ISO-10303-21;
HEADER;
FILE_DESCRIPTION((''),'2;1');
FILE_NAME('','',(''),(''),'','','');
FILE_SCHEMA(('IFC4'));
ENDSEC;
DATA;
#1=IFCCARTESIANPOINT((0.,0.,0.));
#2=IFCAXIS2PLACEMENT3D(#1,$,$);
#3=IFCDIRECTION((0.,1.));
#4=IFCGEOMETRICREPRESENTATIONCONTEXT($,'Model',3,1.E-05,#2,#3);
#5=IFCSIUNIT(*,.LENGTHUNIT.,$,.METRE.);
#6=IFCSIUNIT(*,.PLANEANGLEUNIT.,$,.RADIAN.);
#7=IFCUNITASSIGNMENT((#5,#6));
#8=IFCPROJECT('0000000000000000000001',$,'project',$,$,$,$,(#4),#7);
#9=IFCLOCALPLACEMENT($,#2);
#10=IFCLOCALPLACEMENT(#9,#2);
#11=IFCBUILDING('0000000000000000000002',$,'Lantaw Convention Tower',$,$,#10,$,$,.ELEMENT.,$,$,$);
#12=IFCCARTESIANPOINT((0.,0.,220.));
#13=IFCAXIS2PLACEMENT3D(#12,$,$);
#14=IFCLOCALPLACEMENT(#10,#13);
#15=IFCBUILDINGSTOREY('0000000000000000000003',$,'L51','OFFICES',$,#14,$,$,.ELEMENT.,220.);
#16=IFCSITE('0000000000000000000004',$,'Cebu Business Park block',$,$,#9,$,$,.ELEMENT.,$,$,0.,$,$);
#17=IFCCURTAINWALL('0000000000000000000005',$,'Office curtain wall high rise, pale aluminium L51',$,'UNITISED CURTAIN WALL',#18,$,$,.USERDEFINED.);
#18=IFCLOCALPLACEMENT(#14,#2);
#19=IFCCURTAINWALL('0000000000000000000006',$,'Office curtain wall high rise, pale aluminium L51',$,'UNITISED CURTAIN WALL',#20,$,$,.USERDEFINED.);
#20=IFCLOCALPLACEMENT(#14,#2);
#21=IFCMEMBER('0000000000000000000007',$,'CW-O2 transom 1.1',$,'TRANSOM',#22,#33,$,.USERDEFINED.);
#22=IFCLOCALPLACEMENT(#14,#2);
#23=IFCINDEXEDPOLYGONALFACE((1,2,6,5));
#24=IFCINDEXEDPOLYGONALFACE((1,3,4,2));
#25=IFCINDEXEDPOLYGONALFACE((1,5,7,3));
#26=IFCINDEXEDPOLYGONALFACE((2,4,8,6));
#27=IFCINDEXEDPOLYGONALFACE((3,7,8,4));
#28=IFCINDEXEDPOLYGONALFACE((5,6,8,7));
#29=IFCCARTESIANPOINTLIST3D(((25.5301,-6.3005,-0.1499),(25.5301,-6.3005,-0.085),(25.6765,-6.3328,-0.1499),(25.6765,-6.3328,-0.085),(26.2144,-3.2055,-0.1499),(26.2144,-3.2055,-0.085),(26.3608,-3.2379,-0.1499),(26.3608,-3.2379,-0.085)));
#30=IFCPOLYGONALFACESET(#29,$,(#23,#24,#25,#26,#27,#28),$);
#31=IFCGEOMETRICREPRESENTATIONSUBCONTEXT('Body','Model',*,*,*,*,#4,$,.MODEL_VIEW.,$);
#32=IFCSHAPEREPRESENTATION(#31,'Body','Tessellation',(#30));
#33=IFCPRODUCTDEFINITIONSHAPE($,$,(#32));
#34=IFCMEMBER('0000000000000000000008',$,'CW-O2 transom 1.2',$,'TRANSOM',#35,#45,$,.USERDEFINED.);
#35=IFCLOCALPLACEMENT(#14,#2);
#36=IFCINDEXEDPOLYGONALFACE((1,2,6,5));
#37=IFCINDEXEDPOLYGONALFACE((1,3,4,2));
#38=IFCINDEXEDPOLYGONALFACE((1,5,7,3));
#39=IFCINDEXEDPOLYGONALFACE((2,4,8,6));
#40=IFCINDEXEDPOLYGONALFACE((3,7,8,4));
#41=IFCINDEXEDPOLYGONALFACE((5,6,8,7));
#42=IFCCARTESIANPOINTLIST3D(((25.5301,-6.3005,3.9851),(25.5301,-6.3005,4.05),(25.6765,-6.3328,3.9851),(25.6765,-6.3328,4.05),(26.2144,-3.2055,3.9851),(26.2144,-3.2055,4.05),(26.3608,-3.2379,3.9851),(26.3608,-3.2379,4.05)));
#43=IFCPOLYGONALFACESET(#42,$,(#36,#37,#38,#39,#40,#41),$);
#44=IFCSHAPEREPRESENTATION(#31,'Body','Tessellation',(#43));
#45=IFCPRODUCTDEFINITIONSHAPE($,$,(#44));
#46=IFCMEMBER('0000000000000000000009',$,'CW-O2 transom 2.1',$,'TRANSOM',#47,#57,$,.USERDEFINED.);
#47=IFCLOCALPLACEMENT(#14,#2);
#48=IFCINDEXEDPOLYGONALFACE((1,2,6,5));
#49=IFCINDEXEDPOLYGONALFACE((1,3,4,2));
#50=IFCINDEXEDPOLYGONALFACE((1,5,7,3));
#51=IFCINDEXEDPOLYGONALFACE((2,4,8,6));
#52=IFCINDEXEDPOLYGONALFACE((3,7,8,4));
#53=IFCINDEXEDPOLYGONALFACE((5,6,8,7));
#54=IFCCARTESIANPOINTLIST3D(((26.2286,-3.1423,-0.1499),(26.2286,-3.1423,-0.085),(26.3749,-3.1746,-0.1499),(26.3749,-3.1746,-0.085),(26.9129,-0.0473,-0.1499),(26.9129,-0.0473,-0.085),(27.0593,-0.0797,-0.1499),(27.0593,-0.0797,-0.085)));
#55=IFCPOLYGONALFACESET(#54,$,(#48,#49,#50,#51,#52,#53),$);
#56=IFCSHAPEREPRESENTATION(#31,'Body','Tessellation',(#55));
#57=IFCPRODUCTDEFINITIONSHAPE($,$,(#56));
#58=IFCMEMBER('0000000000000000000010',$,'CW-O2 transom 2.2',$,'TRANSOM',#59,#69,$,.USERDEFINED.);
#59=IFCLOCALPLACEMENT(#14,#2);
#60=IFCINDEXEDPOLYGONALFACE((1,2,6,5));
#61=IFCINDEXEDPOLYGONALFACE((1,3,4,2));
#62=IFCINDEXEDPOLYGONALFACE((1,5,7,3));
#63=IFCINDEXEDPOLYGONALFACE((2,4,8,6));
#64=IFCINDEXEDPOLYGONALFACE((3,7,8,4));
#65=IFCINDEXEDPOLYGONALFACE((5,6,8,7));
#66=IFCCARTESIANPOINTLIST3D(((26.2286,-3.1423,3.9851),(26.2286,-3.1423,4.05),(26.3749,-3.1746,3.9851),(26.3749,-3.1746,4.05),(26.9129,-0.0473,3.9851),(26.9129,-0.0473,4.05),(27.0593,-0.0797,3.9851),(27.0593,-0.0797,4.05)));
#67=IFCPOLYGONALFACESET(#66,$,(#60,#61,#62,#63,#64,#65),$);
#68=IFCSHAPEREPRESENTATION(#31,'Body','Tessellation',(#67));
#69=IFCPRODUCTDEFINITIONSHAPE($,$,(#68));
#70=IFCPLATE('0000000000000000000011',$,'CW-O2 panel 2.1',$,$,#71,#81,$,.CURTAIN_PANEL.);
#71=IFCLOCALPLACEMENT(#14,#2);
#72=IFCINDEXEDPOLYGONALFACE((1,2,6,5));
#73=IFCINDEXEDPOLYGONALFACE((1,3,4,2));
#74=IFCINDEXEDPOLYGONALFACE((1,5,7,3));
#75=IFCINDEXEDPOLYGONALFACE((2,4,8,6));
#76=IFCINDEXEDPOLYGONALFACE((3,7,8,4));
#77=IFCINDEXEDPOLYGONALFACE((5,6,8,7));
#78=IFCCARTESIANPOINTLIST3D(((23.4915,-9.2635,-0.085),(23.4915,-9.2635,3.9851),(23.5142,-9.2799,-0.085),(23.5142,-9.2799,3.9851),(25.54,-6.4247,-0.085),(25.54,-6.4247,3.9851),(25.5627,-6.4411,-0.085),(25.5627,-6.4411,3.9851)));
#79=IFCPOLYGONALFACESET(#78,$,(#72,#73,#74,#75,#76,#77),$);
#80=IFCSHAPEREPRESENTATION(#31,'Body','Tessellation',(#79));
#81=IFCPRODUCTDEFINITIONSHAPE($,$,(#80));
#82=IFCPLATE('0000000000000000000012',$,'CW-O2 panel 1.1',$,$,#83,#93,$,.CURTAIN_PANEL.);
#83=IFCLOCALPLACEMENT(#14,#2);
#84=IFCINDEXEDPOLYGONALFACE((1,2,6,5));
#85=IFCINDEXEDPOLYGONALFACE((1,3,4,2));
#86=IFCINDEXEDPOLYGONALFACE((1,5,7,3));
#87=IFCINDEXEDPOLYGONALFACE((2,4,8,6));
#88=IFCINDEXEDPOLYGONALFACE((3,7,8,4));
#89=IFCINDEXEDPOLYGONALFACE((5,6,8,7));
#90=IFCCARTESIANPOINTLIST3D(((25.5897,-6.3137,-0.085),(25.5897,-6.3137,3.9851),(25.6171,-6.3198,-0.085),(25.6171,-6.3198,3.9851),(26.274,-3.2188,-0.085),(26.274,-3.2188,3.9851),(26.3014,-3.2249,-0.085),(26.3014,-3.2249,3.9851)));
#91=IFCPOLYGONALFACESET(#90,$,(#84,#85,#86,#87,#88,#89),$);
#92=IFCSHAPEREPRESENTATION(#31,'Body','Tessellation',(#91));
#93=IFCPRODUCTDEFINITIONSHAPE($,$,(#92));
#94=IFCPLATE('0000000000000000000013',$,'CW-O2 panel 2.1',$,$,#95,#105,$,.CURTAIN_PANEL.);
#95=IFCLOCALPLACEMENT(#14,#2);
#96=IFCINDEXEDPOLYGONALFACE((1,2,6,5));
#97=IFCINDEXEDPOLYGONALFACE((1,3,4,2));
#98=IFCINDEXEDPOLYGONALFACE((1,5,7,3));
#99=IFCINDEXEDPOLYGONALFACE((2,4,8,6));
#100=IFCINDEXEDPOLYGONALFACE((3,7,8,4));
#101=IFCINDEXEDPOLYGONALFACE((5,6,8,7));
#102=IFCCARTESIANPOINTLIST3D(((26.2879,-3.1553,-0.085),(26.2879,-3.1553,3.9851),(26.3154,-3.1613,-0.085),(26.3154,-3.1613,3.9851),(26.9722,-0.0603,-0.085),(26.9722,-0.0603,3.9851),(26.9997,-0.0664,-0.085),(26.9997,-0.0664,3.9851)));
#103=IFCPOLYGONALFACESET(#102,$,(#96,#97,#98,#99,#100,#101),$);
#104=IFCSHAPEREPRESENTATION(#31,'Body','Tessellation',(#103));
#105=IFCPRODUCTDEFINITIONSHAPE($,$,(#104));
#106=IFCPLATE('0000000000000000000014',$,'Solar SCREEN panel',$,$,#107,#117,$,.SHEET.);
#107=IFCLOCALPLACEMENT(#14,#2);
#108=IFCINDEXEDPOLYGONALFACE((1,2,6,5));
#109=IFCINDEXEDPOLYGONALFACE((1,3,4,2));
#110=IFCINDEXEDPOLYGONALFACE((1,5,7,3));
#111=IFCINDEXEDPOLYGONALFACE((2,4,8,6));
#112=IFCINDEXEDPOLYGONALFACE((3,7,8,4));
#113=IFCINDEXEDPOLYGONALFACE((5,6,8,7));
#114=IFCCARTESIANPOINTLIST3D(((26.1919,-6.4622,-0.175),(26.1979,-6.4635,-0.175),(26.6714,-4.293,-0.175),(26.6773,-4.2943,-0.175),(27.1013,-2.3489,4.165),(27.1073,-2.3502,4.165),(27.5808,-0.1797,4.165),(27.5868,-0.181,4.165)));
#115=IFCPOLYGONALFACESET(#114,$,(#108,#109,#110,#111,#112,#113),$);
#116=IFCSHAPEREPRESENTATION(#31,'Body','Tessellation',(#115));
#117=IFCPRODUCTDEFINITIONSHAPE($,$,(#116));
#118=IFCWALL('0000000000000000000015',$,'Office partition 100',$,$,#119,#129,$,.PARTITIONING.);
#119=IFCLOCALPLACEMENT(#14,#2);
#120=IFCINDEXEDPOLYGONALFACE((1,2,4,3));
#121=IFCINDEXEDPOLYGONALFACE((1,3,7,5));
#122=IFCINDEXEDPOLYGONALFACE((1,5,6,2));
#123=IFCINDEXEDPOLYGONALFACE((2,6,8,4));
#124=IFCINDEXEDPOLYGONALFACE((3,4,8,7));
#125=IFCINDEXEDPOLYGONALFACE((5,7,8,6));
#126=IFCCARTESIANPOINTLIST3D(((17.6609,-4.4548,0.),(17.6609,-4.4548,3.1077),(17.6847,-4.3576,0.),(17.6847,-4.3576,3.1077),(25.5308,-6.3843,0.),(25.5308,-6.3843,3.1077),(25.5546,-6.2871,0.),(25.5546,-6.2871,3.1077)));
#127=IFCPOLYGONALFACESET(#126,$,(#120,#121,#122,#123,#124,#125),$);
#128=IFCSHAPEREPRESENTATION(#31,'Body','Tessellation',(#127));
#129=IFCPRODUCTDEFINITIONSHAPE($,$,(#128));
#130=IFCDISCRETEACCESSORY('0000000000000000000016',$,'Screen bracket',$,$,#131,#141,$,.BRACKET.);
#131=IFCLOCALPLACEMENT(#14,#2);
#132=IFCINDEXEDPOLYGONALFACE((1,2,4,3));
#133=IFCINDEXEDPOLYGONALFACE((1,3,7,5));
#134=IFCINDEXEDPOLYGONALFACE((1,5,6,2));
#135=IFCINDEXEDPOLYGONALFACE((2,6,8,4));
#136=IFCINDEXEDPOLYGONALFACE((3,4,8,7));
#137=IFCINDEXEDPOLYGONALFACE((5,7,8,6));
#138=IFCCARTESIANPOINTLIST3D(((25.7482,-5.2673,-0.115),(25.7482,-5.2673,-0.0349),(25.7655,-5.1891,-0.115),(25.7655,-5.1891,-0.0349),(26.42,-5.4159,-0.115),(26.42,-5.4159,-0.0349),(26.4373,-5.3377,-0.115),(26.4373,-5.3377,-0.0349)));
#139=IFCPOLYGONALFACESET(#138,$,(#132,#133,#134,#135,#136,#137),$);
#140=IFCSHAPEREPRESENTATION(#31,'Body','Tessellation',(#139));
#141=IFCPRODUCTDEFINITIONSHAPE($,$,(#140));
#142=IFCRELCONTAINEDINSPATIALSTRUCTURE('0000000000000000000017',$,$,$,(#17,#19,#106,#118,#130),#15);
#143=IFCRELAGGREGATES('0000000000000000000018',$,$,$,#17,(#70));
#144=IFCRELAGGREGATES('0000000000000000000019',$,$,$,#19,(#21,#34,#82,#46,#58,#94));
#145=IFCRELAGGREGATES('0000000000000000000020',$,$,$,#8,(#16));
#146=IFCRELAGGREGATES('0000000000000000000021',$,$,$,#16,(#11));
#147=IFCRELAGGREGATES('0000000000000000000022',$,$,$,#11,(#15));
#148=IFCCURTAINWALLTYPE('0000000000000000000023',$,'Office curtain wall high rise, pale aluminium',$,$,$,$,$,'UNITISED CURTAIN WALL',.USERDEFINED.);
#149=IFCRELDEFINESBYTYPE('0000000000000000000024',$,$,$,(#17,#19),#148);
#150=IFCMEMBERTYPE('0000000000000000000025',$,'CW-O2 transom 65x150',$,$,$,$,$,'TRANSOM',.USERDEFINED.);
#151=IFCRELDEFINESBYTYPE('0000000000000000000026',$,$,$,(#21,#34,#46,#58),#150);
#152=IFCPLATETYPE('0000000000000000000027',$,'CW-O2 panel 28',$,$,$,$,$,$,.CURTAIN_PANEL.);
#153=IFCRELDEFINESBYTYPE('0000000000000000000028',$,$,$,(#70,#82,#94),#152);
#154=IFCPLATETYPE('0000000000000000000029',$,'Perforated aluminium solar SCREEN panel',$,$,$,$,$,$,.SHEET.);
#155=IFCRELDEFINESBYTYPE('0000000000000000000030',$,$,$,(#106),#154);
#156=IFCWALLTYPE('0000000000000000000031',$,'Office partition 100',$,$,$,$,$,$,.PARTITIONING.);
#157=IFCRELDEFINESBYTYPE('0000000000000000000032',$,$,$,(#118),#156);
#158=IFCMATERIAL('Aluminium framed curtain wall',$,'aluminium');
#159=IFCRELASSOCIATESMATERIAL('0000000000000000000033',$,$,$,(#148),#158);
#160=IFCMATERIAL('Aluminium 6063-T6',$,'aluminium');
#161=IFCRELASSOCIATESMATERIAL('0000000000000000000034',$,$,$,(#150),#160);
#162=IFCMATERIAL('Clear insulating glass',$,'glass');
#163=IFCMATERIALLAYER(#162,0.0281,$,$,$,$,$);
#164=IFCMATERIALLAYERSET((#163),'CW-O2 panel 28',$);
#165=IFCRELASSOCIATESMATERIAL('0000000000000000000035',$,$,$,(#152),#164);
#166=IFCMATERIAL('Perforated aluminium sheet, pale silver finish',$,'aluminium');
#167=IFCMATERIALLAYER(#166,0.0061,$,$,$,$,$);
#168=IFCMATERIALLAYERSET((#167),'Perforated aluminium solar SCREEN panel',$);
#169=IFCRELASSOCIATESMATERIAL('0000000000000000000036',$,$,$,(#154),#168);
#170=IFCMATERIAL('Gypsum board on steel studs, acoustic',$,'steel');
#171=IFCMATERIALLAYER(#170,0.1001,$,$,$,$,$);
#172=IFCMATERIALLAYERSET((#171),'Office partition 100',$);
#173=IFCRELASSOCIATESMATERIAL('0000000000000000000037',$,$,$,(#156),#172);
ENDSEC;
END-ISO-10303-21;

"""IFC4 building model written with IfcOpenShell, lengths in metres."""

from ifc_helpers import new_model, si_unit, direction, frame, frame_2d, origin, origin_2d, place, context, subcontext, project, spatial, polyline, rectangle, outline, extrude, material, layer, layer_set, material_profile, profile_set, type_object, element, aggregate, save


model = new_model("IFC4")

# Units and contexts
model_context = context("Model", 3, precision=1e-05, world=origin(), true_north=direction((0.0, 1.0)))
body_context = subcontext(model_context, "Body", "Model", "MODEL_VIEW")
ifc_project = project(units=[si_unit("LENGTHUNIT", "METRE"), si_unit("PLANEANGLEUNIT", "RADIAN")], contexts=[model_context])

# Site, building, storey
site_placement = place(None, origin())
site = spatial("IfcSite", under=ifc_project, at=site_placement, Name="Cebu Business Park block", CompositionType="ELEMENT", RefElevation=0.0)
building_placement = place(site_placement, origin())
building = spatial("IfcBuilding", under=site, at=building_placement, Name="Lantaw Convention Tower", CompositionType="ELEMENT")
storey_placement = place(building_placement, frame((0.0, 0.0, 220.0)))
storey = spatial("IfcBuildingStorey", under=building, at=storey_placement, Name="L51", Description="OFFICES", CompositionType="ELEMENT", Elevation=220.0)

# Curtain wall
ifc_material_1 = material(Name="Aluminium framed curtain wall", Category="aluminium")
curtain_wall_type = type_object("IfcCurtainWallType", Name="Office curtain wall high rise, pale aluminium", ElementType="UNITISED CURTAIN WALL", PredefinedType="USERDEFINED", material=ifc_material_1)
curtain_wall_1_placement = place(storey_placement, origin())
curtain_wall_1 = element("IfcCurtainWall", 1, at=curtain_wall_1_placement, inside=storey, type_object=curtain_wall_type, Name="Office curtain wall high rise, pale aluminium L51", ObjectType="UNITISED CURTAIN WALL", PredefinedType="USERDEFINED")
ifc_material_2 = material(Name="Aluminium 6063-T6", Category="aluminium")

# Curtain wall
curtain_wall_2_placement = place(storey_placement, origin())
curtain_wall_2 = element("IfcCurtainWall", 2, at=curtain_wall_2_placement, inside=storey, type_object=curtain_wall_type, Name="Office curtain wall high rise, pale aluminium L51", ObjectType="UNITISED CURTAIN WALL", PredefinedType="USERDEFINED")

# Members
ifc_material_profile_1 = material_profile(ifc_material_2, rectangle(XDim=0.1499, YDim=0.0649, at=origin_2d()), Name="CW-O2 transom 65x150")
ifc_profile_set_1 = profile_set([ifc_material_profile_1], Name="Aluminium 6063-T6")
member_type_1 = type_object("IfcMemberType", Name="CW-O2 transom 65x150", ElementType="TRANSOM", PredefinedType="USERDEFINED", material=ifc_profile_set_1)
member_1_placement = place(storey_placement, frame((25.6033, -6.3167, -0.1174), z_axis=(0.215895, 0.976417, 0.0), x_axis=(-0.976417, 0.215895, 0.0)))
member_1 = element("IfcMember", 3, at=member_1_placement, type_object=member_type_1, Name="CW-O2 transom 1.1", ObjectType="TRANSOM", PredefinedType="USERDEFINED", context=body_context, shape_type="SweptSolid", body=[
    extrude(rectangle(XDim=0.1499, YDim=0.0649, at=origin_2d()), origin(), (0.0, 0.0, 1.0), 3.1697),
])
member_2_placement = place(storey_placement, frame((25.6033, -6.3167, 4.0176), z_axis=(0.215895, 0.976417, 0.0), x_axis=(-0.976417, 0.215895, 0.0)))
member_2 = element("IfcMember", 4, at=member_2_placement, type_object=member_type_1, Name="CW-O2 transom 1.2", ObjectType="TRANSOM", PredefinedType="USERDEFINED", context=body_context, shape_type="SweptSolid", body=[
    extrude(rectangle(XDim=0.1499, YDim=0.0649, at=origin_2d()), origin(), (0.0, 0.0, 1.0), 3.1697),
])
member_3_placement = place(storey_placement, frame((26.3018, -3.1584, -0.1174), z_axis=(0.215895, 0.976417, 0.0), x_axis=(-0.976417, 0.215895, 0.0)))
member_3 = element("IfcMember", 5, at=member_3_placement, type_object=member_type_1, Name="CW-O2 transom 2.1", ObjectType="TRANSOM", PredefinedType="USERDEFINED", context=body_context, shape_type="SweptSolid", body=[
    extrude(rectangle(XDim=0.1499, YDim=0.0649, at=origin_2d()), origin(), (0.0, 0.0, 1.0), 3.1697),
])
member_4_placement = place(storey_placement, frame((26.3018, -3.1584, 4.0176), z_axis=(0.215895, 0.976417, 0.0), x_axis=(-0.976417, 0.215895, 0.0)))
member_4 = element("IfcMember", 6, at=member_4_placement, type_object=member_type_1, Name="CW-O2 transom 2.2", ObjectType="TRANSOM", PredefinedType="USERDEFINED", context=body_context, shape_type="SweptSolid", body=[
    extrude(rectangle(XDim=0.1499, YDim=0.0649, at=origin_2d()), origin(), (0.0, 0.0, 1.0), 3.1697),
])

# Plates
ifc_material_3 = material(Name="Clear insulating glass", Category="glass")
ifc_layer_1 = layer(ifc_material_3, 0.0281)
ifc_layer_set_1 = layer_set([ifc_layer_1], Name="CW-O2 panel 28")
plate_type_1 = type_object("IfcPlateType", Name="CW-O2 panel 28", PredefinedType="CURTAIN_PANEL", material=ifc_layer_set_1)
plate_1_placement = place(storey_placement, frame((24.5271, -7.8523, -0.085), z_axis=(0.0, 0.0, 1.0), x_axis=(0.585158, 0.81092, 0.0)))
plate_1 = element("IfcPlate", 7, at=plate_1_placement, type_object=plate_type_1, Name="CW-O2 panel 2.1", PredefinedType="CURTAIN_PANEL", context=body_context, shape_type="SweptSolid", body=[
    extrude(rectangle(XDim=3.5007, YDim=0.0281, at=origin_2d()), origin(), (0.0, 0.0, 1.0), 4.0701),
])
aggregate(curtain_wall_1, [plate_1])
plate_2_placement = place(storey_placement, frame((25.9456, -4.7693, -0.085), z_axis=(0.0, 0.0, 1.0), x_axis=(0.215891, 0.976417, 0.0)))
plate_2 = element("IfcPlate", 8, at=plate_2_placement, type_object=plate_type_1, Name="CW-O2 panel 1.1", PredefinedType="CURTAIN_PANEL", context=body_context, shape_type="SweptSolid", body=[
    extrude(rectangle(XDim=3.1697, YDim=0.0281, at=origin_2d()), origin(), (0.0, 0.0, 1.0), 4.0701),
])
plate_3_placement = place(storey_placement, frame((26.6438, -1.6108, -0.085), z_axis=(0.0, 0.0, 1.0), x_axis=(0.215891, 0.976417, 0.0)))
plate_3 = element("IfcPlate", 9, at=plate_3_placement, type_object=plate_type_1, Name="CW-O2 panel 2.1", PredefinedType="CURTAIN_PANEL", context=body_context, shape_type="SweptSolid", body=[
    extrude(rectangle(XDim=3.1697, YDim=0.0281, at=origin_2d()), origin(), (0.0, 0.0, 1.0), 4.0701),
])
aggregate(curtain_wall_2, [member_1, member_2, plate_2, member_3, member_4, plate_3])
ifc_material_4 = material(Name="Perforated aluminium sheet, pale silver finish", Category="aluminium")
ifc_layer_2 = layer(ifc_material_4, 0.0061)
ifc_layer_set_2 = layer_set([ifc_layer_2], Name="Perforated aluminium solar SCREEN panel")
plate_type_2 = type_object("IfcPlateType", Name="Perforated aluminium solar SCREEN panel", PredefinedType="SHEET", material=ifc_layer_set_2)
plate_4_placement = place(storey_placement, frame((26.1919, -6.4622, -0.175), z_axis=(-0.97643, 0.215837, 0.000044), x_axis=(0.215837, 0.97643, 0.0)))
element("IfcPlate", 10, at=plate_4_placement, inside=storey, type_object=plate_type_2, Name="Solar SCREEN panel", PredefinedType="SHEET", context=body_context, shape_type="SweptSolid", body=[
    extrude(outline(polyline([(0.0, 0.0), (2.2216, 0.0), (6.4342, -4.3401), (4.2126, -4.3401), (0.0, 0.0)])), origin(), (0.0, 0.0, -1.0), 0.0061),
])

# Wall
ifc_material_5 = material(Name="Gypsum board on steel studs, acoustic", Category="steel")
ifc_layer_3 = layer(ifc_material_5, 0.1001)
ifc_layer_set_3 = layer_set([ifc_layer_3], Name="Office partition 100")
wall_type = type_object("IfcWallType", Name="Office partition 100", PredefinedType="PARTITIONING", material=ifc_layer_set_3)
wall_placement = place(storey_placement, frame((25.5427, -6.3357, 0.0), z_axis=(0.0, 0.0, 1.0), x_axis=(-0.971237, 0.238116, 0.0)))
element("IfcWall", 11, at=wall_placement, inside=storey, type_object=wall_type, Name="Office partition 100", PredefinedType="PARTITIONING", context=body_context, shape_type="SweptSolid", body=[
    extrude(rectangle(XDim=8.103, YDim=0.1001, at=frame_2d((4.0515, 0.0))), origin(), (0.0, 0.0, 1.0), 3.1077),
])

# Discrete accessory
discrete_accessory_placement = place(storey_placement, frame((26.0928, -5.3025, -0.115), z_axis=(0.0, 0.0, 1.0), x_axis=(0.215891, 0.976417, 0.0)))
element("IfcDiscreteAccessory", 12, at=discrete_accessory_placement, inside=storey, Name="Screen bracket", PredefinedType="BRACKET", context=body_context, shape_type="SweptSolid", body=[
    extrude(rectangle(XDim=0.0801, YDim=0.688, at=origin_2d()), origin(), (0.0, 0.0, 1.0), 0.0801),
])

save(model, "model.ifc")
